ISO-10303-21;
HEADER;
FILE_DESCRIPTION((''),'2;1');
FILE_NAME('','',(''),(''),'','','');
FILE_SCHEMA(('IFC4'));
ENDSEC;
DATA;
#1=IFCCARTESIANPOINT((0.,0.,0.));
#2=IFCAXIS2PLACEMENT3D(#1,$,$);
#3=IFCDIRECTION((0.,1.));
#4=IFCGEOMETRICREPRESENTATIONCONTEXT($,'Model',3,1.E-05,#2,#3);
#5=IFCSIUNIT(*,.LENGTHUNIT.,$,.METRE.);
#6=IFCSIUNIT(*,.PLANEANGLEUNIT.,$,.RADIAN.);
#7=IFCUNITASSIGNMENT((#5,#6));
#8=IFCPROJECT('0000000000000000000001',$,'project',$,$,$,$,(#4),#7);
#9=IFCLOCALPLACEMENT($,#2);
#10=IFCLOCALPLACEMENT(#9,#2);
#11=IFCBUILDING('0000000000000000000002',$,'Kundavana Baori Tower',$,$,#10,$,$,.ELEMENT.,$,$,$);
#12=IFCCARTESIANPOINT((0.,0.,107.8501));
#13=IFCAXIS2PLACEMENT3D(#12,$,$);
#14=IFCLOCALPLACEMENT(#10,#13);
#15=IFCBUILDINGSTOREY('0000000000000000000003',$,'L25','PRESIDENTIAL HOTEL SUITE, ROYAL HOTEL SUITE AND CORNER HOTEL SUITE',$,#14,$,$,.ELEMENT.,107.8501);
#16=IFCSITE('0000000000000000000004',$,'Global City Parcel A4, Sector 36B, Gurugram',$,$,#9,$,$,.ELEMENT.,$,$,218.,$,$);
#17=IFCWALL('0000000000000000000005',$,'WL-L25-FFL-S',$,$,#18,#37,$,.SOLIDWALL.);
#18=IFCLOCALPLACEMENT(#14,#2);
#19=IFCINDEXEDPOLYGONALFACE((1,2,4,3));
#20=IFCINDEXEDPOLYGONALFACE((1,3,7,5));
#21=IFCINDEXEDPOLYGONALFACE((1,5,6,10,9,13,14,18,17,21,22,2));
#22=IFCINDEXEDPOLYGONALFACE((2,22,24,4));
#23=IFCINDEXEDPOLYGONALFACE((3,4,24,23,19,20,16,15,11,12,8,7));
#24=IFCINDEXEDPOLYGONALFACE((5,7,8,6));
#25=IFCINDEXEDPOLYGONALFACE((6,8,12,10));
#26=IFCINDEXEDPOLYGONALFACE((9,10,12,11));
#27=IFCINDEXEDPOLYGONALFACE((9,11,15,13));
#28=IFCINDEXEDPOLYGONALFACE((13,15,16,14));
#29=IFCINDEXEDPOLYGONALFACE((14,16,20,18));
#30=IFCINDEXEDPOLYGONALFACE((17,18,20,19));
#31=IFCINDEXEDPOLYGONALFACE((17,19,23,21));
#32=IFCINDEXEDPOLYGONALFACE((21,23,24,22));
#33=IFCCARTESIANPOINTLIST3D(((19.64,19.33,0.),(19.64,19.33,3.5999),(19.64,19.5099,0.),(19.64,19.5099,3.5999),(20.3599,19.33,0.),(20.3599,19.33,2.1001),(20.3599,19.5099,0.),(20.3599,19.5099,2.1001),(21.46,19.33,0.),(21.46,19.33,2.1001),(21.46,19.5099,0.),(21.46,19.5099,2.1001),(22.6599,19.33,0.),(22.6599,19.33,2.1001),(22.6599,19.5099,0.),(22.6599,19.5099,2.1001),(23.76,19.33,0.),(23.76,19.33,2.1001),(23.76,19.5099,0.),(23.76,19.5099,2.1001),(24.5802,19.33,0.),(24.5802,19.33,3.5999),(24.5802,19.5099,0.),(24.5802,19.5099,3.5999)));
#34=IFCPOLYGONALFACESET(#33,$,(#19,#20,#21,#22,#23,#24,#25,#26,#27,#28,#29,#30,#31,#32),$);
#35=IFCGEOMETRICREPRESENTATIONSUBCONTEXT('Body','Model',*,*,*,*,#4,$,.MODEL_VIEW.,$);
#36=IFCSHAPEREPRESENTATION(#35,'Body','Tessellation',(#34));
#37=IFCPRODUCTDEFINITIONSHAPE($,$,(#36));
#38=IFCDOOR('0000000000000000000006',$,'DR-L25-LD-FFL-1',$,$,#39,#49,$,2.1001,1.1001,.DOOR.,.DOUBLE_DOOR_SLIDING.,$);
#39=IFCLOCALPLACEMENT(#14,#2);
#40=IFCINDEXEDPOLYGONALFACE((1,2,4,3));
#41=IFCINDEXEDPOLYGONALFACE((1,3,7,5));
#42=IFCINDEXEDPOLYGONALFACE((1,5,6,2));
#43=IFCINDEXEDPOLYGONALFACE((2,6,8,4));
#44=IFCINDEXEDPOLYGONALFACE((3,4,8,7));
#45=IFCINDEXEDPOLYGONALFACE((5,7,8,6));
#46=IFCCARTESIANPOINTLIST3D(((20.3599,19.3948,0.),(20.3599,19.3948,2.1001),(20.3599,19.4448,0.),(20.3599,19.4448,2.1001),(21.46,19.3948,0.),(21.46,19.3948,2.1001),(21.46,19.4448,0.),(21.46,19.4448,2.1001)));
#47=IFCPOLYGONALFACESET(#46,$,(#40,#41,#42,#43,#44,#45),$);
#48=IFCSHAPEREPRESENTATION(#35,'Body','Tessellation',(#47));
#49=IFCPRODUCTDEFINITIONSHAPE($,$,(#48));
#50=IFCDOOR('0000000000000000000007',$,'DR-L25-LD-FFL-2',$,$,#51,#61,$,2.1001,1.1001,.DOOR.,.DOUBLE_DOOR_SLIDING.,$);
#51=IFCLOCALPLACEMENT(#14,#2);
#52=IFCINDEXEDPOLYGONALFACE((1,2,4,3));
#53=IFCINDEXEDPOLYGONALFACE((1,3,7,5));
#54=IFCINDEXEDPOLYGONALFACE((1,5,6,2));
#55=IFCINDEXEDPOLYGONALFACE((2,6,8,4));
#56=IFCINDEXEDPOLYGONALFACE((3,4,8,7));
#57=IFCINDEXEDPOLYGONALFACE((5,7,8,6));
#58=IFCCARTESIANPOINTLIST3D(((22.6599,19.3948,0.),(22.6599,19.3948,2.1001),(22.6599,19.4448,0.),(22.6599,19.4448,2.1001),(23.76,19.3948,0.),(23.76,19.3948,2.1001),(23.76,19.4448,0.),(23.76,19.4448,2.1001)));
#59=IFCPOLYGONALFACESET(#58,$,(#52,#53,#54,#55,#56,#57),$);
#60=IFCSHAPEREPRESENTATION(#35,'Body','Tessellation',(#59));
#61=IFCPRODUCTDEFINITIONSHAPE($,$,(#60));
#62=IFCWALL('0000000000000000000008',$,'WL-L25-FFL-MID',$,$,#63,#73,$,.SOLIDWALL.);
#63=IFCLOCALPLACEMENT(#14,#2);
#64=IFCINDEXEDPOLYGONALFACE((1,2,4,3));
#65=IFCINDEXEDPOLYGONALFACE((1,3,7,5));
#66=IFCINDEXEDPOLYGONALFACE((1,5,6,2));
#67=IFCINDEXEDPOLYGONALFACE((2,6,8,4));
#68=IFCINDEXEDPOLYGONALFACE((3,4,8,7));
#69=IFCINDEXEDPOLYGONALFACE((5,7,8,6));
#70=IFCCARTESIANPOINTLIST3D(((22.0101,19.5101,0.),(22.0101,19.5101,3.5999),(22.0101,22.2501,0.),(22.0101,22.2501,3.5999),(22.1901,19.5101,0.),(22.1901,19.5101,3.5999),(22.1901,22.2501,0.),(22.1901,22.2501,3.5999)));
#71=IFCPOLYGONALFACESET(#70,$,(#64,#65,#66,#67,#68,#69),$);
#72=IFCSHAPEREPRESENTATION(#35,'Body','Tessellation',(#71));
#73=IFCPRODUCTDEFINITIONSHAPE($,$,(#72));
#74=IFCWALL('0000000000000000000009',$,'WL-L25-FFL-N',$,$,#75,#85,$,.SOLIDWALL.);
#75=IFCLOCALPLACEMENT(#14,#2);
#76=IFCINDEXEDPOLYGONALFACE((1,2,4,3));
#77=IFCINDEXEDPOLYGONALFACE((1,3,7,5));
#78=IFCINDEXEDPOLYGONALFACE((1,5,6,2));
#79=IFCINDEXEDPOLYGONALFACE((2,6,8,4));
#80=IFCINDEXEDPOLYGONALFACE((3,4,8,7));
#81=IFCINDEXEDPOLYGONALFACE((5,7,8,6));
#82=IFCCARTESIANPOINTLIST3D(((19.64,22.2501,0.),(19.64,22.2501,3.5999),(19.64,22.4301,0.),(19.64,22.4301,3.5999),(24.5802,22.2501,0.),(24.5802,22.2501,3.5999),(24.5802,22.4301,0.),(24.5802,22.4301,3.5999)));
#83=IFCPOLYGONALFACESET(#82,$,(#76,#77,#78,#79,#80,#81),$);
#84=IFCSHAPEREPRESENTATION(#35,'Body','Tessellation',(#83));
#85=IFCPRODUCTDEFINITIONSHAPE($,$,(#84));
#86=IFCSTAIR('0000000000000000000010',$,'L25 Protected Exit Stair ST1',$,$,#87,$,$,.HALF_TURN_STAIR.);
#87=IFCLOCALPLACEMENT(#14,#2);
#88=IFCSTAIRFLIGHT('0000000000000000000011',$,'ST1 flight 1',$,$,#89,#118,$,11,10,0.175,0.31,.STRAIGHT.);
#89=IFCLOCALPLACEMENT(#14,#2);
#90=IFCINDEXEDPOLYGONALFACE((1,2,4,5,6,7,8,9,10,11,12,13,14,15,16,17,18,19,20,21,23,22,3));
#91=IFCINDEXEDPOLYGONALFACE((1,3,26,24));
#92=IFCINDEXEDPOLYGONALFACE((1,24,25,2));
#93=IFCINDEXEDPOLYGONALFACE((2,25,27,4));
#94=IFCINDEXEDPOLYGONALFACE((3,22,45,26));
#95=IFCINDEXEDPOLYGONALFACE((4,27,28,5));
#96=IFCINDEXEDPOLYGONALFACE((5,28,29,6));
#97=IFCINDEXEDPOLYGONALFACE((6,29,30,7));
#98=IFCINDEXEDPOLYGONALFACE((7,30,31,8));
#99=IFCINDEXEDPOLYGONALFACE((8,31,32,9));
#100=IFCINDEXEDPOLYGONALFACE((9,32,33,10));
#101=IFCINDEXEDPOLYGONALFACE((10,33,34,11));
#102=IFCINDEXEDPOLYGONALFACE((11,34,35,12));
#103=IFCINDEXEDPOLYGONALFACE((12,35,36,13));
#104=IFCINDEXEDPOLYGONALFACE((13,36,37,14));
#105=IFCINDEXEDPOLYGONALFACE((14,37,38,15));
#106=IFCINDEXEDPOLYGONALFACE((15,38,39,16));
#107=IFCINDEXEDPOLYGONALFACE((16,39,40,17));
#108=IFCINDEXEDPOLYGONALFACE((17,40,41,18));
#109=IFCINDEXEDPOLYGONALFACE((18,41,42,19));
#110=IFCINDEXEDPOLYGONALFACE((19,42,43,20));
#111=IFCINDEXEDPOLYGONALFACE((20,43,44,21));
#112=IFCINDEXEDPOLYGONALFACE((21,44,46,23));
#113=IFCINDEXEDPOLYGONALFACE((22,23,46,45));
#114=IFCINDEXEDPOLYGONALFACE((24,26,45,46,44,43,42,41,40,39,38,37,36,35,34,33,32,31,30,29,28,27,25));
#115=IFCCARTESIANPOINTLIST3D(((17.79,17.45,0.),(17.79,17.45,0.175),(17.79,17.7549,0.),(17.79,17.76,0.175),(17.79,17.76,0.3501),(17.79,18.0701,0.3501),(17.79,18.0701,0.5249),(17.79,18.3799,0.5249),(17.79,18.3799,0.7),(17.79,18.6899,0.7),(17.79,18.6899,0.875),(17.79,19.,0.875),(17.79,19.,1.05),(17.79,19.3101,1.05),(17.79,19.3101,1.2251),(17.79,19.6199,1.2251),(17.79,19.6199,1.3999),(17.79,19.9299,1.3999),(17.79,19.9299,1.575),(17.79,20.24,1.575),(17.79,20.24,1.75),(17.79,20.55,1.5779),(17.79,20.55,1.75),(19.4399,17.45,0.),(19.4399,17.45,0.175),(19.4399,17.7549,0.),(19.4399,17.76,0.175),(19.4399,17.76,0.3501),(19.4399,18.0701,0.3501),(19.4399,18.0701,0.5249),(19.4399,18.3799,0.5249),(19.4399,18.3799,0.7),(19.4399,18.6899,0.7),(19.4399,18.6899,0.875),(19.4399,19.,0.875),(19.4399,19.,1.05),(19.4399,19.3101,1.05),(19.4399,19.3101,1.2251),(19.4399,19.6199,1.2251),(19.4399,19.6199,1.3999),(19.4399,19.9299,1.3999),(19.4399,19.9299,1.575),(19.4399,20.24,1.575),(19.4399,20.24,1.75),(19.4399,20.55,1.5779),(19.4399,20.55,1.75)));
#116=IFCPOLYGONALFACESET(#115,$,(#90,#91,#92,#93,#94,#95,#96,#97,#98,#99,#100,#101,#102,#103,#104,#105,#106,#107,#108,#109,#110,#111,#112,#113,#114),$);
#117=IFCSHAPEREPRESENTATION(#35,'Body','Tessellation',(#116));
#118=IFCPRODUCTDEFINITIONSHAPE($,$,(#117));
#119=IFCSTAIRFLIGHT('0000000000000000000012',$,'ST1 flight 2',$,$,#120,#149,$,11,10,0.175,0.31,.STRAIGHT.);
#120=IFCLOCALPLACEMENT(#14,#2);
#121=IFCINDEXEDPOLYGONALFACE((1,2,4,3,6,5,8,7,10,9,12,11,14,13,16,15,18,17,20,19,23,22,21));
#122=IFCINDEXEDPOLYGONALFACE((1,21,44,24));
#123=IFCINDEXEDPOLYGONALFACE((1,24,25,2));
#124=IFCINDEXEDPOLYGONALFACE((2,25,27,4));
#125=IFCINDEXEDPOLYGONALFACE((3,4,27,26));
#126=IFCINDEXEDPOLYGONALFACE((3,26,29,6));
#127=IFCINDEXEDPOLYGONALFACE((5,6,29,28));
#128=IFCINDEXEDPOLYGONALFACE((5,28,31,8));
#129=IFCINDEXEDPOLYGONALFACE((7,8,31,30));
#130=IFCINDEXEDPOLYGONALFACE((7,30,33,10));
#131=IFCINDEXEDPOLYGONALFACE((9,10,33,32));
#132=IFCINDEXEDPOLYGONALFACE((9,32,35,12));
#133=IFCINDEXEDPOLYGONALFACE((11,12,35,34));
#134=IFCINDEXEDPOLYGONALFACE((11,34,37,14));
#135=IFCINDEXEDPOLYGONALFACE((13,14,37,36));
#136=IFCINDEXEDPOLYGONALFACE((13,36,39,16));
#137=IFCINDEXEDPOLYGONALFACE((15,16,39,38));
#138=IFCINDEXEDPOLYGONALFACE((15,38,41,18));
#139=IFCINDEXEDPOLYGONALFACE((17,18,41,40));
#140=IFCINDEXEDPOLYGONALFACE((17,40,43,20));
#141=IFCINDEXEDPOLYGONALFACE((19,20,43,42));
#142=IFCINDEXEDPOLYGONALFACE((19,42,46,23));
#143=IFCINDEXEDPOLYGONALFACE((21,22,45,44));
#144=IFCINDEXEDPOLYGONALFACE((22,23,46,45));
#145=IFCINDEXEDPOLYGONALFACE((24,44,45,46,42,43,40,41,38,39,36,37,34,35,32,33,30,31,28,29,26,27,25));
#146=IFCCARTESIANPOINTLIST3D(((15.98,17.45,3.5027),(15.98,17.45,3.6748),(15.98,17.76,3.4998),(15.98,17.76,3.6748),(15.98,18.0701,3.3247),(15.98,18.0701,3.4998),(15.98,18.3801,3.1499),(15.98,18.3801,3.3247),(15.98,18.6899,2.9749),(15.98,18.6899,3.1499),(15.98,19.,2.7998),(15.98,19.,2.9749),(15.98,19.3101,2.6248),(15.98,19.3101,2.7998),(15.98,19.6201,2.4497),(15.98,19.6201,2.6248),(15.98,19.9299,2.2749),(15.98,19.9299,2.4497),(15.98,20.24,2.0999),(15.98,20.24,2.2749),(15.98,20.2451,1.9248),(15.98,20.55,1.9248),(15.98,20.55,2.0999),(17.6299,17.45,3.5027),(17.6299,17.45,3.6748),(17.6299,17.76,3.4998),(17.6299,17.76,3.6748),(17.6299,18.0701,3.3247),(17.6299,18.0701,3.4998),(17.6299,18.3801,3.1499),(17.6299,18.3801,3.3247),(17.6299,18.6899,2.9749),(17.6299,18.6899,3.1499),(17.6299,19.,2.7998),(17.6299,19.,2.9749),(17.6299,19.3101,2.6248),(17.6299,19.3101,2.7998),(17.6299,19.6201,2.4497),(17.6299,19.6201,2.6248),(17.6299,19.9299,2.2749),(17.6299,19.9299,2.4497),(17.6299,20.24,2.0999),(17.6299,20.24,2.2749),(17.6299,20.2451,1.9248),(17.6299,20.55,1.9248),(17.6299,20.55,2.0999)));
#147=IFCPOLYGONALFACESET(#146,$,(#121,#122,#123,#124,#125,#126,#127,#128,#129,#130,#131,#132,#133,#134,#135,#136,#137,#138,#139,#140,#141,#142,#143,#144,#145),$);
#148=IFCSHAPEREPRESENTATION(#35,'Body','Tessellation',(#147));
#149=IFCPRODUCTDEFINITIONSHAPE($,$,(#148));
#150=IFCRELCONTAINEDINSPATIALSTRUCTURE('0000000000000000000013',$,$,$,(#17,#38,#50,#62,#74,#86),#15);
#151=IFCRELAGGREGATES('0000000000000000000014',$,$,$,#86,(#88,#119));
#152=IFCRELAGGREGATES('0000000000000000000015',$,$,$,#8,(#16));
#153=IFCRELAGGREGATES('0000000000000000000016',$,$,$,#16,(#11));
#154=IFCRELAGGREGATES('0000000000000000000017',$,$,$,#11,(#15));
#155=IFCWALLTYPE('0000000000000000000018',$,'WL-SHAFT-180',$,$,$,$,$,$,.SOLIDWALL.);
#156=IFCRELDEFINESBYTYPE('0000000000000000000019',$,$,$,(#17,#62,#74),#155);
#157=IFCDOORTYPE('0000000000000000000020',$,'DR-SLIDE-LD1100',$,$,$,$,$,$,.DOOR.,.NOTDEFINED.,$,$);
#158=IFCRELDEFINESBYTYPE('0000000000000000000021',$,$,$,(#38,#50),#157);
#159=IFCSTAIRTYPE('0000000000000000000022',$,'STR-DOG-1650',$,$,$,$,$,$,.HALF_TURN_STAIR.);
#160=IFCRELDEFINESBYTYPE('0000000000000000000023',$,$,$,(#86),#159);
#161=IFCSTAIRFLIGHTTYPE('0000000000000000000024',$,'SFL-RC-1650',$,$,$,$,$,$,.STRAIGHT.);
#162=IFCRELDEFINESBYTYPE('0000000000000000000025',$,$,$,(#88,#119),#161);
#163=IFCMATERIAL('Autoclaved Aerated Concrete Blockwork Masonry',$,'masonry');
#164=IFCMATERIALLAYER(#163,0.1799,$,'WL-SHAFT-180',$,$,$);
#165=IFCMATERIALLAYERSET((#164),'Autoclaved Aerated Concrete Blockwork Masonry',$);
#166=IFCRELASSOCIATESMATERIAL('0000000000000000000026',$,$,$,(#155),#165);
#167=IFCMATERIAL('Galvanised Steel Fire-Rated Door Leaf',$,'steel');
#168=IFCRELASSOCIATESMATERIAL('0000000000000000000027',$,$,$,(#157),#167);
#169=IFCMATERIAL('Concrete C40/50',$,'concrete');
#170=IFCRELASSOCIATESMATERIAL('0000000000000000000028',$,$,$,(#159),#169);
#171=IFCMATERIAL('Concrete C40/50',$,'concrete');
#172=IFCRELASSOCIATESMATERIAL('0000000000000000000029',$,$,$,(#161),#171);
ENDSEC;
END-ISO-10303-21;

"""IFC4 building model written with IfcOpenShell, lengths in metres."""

from ifc_helpers import new_model, si_unit, direction, frame, frame_2d, origin, place, context, subcontext, project, spatial, polyline, rectangle, outline, extrude, material, layer, layer_set, type_object, element, fill, aggregate, save


model = new_model("IFC4")

# Units and contexts
model_context = context("Model", 3, precision=1e-05, world=origin(), true_north=direction((0.0, 1.0)))
body_context = subcontext(model_context, "Body", "Model", "MODEL_VIEW")
ifc_project = project(units=[si_unit("LENGTHUNIT", "METRE"), si_unit("PLANEANGLEUNIT", "RADIAN")], contexts=[model_context])

# Site, building, storey
site_placement = place(None, origin())
site = spatial("IfcSite", under=ifc_project, at=site_placement, Name="Global City Parcel A4, Sector 36B, Gurugram", CompositionType="ELEMENT", RefElevation=218.0)
building_placement = place(site_placement, origin())
building = spatial("IfcBuilding", under=site, at=building_placement, Name="Kundavana Baori Tower", CompositionType="ELEMENT")
storey_placement = place(building_placement, frame((0.0, 0.0, 107.8501)))
storey = spatial("IfcBuildingStorey", under=building, at=storey_placement, Name="L25", Description="PRESIDENTIAL HOTEL SUITE, ROYAL HOTEL SUITE AND CORNER HOTEL SUITE", CompositionType="ELEMENT", Elevation=107.8501)

# Wall, openings, doors
ifc_material_1 = material(Name="Autoclaved Aerated Concrete Blockwork Masonry", Category="masonry")
ifc_layer_1 = layer(ifc_material_1, 0.1799, Name="WL-SHAFT-180")
ifc_layer_set_1 = layer_set([ifc_layer_1], Name="Autoclaved Aerated Concrete Blockwork Masonry")
wall_type_1 = type_object("IfcWallType", Name="WL-SHAFT-180", PredefinedType="SOLIDWALL", material=ifc_layer_set_1)
wall_1_placement = place(storey_placement, frame((19.6399, 19.4199, 0.0), z_axis=(0.0, 0.0, 1.0), x_axis=(1.0, 0.0, 0.0)))
wall_1 = element("IfcWall", 1, at=wall_1_placement, inside=storey, type_object=wall_type_1, Name="WL-L25-FFL-S", PredefinedType="SOLIDWALL", context=body_context, shape_type="SweptSolid", body=[
    extrude(rectangle(XDim=4.9402, YDim=0.1799, at=frame_2d((2.4702, 0.0))), origin(), (0.0, 0.0, 1.0), 3.5999),
])
opening_1_placement = place(wall_1_placement, frame((0.72, 0.0, 0.0)))
opening_1 = element("IfcOpeningElement", 2, at=opening_1_placement, cuts=wall_1, PredefinedType="OPENING", context=body_context, shape_type="SweptSolid", body=[
    extrude(rectangle(XDim=1.1001, YDim=2.1001, at=frame_2d((0.55, 1.05))), frame((0.0, 0.1001, 0.0), z_axis=(0.0, -1.0, 0.0), x_axis=(1.0, 0.0, 0.0)), (0.0, 0.0, 1.0), 0.2),
])
opening_2_placement = place(wall_1_placement, frame((3.02, 0.0, 0.0)))
opening_2 = element("IfcOpeningElement", 3, at=opening_2_placement, cuts=wall_1, PredefinedType="OPENING", context=body_context, shape_type="SweptSolid", body=[
    extrude(rectangle(XDim=1.1001, YDim=2.1001, at=frame_2d((0.55, 1.05))), frame((0.0, 0.1001, 0.0), z_axis=(0.0, -1.0, 0.0), x_axis=(1.0, 0.0, 0.0)), (0.0, 0.0, 1.0), 0.2),
])
ifc_material_2 = material(Name="Galvanised Steel Fire-Rated Door Leaf", Category="steel")
door_type_1 = type_object("IfcDoorType", Name="DR-SLIDE-LD1100", OperationType="NOTDEFINED", PredefinedType="DOOR", material=ifc_material_2)
door_1_placement = place(opening_1_placement, origin())
door_1 = element("IfcDoor", 4, at=door_1_placement, inside=storey, type_object=door_type_1, Name="DR-L25-LD-FFL-1", OperationType="DOUBLE_DOOR_SLIDING", OverallHeight=2.1001, OverallWidth=1.1001, PredefinedType="DOOR", context=body_context, shape_type="SweptSolid", body=[
    extrude(rectangle(XDim=1.1001, YDim=2.1001, at=frame_2d((0.55, 1.05))), frame((0.0, 0.0249, 0.0), z_axis=(0.0, -1.0, 0.0), x_axis=(1.0, 0.0, 0.0)), (0.0, 0.0, 1.0), 0.05),
])
fill(opening_1, door_1)
door_2_placement = place(opening_2_placement, origin())
door_2 = element("IfcDoor", 5, at=door_2_placement, inside=storey, type_object=door_type_1, Name="DR-L25-LD-FFL-2", OperationType="DOUBLE_DOOR_SLIDING", OverallHeight=2.1001, OverallWidth=1.1001, PredefinedType="DOOR", context=body_context, shape_type="SweptSolid", body=[
    extrude(rectangle(XDim=1.1001, YDim=2.1001, at=frame_2d((0.55, 1.05))), frame((0.0, 0.0249, 0.0), z_axis=(0.0, -1.0, 0.0), x_axis=(1.0, 0.0, 0.0)), (0.0, 0.0, 1.0), 0.05),
])
fill(opening_2, door_2)

# Walls
wall_2_placement = place(storey_placement, frame((22.1001, 19.51, 0.0), z_axis=(0.0, 0.0, 1.0), x_axis=(0.0, 1.0, 0.0)))
element("IfcWall", 6, at=wall_2_placement, inside=storey, type_object=wall_type_1, Name="WL-L25-FFL-MID", PredefinedType="SOLIDWALL", context=body_context, shape_type="SweptSolid", body=[
    extrude(rectangle(XDim=2.74, YDim=0.1799, at=frame_2d((1.3701, 0.0))), origin(), (0.0, 0.0, 1.0), 3.5999),
])
wall_3_placement = place(storey_placement, frame((19.6399, 22.3401, 0.0), z_axis=(0.0, 0.0, 1.0), x_axis=(1.0, 0.0, 0.0)))
element("IfcWall", 7, at=wall_3_placement, inside=storey, type_object=wall_type_1, Name="WL-L25-FFL-N", PredefinedType="SOLIDWALL", context=body_context, shape_type="SweptSolid", body=[
    extrude(rectangle(XDim=4.9402, YDim=0.1799, at=frame_2d((2.4702, 0.0))), origin(), (0.0, 0.0, 1.0), 3.5999),
])

# Stair, stair flights
ifc_material_3 = material(Name="Concrete C40/50", Category="concrete")
stair_type = type_object("IfcStairType", Name="STR-DOG-1650", PredefinedType="HALF_TURN_STAIR", material=ifc_material_3)
stair_placement = place(storey_placement, origin())
stair = element("IfcStair", 8, at=stair_placement, inside=storey, type_object=stair_type, Name="L25 Protected Exit Stair ST1", PredefinedType="HALF_TURN_STAIR")
ifc_material_4 = material(Name="Concrete C40/50", Category="concrete")
stair_flight_type = type_object("IfcStairFlightType", Name="SFL-RC-1650", PredefinedType="STRAIGHT", material=ifc_material_4)
stair_flight_1_placement = place(storey_placement, frame((18.615, 17.45, 0.0), z_axis=(0.0, 0.0, 1.0), x_axis=(0.0, 1.0, 0.0)))
stair_flight_1 = element("IfcStairFlight", 9, at=stair_flight_1_placement, type_object=stair_flight_type, Name="ST1 flight 1", NumberOfRisers=11, NumberOfTreads=10, PredefinedType="STRAIGHT", RiserHeight=0.175, TreadLength=0.31, context=body_context, shape_type="SweptSolid", body=[
    extrude(outline(polyline([(0.0, 0.0), (0.0, 0.175), (0.3101, 0.175), (0.3101, 0.3501), (0.6201, 0.3501), (0.6201, 0.5249), (0.9299, 0.5249), (0.9299, 0.7), (1.24, 0.7), (1.24, 0.875), (1.55, 0.875), (1.55, 1.05), (1.8601, 1.05), (1.8601, 1.2251), (2.1699, 1.2251), (2.1699, 1.3999), (2.48, 1.3999), (2.48, 1.575), (2.79, 1.575), (2.79, 1.75), (3.1001, 1.75), (3.1001, 1.925), (3.1001, 1.5779), (0.3049, 0.0), (0.0, 0.0)])), frame((0.0, 0.825, 0.0), z_axis=(0.0, -1.0, 0.0), x_axis=(1.0, 0.0, 0.0)), (0.0, 0.0, 1.0), 1.6499),
])
stair_flight_2_placement = place(storey_placement, frame((16.8049, 20.55, 1.9248), z_axis=(0.0, 0.0, 1.0), x_axis=(0.0, -1.0, 0.0)))
stair_flight_2 = element("IfcStairFlight", 10, at=stair_flight_2_placement, type_object=stair_flight_type, Name="ST1 flight 2", NumberOfRisers=11, NumberOfTreads=10, PredefinedType="STRAIGHT", RiserHeight=0.175, TreadLength=0.31, context=body_context, shape_type="SweptSolid", body=[
    extrude(outline(polyline([(0.0, 0.0), (0.0, 0.175), (0.3101, 0.175), (0.3101, 0.3501), (0.6201, 0.3501), (0.6201, 0.5249), (0.9299, 0.5249), (0.9299, 0.7), (1.24, 0.7), (1.24, 0.875), (1.55, 0.875), (1.55, 1.05), (1.8601, 1.05), (1.8601, 1.2251), (2.1699, 1.2251), (2.1699, 1.3999), (2.48, 1.3999), (2.48, 1.575), (2.79, 1.575), (2.79, 1.75), (3.1001, 1.75), (3.1001, 1.925), (3.1001, 1.5779), (0.3049, 0.0), (0.0, 0.0)])), frame((0.0, 0.825, 0.0), z_axis=(0.0, -1.0, 0.0), x_axis=(1.0, 0.0, 0.0)), (0.0, 0.0, 1.0), 1.6499),
])
aggregate(stair, [stair_flight_1, stair_flight_2])

save(model, "model.ifc")
